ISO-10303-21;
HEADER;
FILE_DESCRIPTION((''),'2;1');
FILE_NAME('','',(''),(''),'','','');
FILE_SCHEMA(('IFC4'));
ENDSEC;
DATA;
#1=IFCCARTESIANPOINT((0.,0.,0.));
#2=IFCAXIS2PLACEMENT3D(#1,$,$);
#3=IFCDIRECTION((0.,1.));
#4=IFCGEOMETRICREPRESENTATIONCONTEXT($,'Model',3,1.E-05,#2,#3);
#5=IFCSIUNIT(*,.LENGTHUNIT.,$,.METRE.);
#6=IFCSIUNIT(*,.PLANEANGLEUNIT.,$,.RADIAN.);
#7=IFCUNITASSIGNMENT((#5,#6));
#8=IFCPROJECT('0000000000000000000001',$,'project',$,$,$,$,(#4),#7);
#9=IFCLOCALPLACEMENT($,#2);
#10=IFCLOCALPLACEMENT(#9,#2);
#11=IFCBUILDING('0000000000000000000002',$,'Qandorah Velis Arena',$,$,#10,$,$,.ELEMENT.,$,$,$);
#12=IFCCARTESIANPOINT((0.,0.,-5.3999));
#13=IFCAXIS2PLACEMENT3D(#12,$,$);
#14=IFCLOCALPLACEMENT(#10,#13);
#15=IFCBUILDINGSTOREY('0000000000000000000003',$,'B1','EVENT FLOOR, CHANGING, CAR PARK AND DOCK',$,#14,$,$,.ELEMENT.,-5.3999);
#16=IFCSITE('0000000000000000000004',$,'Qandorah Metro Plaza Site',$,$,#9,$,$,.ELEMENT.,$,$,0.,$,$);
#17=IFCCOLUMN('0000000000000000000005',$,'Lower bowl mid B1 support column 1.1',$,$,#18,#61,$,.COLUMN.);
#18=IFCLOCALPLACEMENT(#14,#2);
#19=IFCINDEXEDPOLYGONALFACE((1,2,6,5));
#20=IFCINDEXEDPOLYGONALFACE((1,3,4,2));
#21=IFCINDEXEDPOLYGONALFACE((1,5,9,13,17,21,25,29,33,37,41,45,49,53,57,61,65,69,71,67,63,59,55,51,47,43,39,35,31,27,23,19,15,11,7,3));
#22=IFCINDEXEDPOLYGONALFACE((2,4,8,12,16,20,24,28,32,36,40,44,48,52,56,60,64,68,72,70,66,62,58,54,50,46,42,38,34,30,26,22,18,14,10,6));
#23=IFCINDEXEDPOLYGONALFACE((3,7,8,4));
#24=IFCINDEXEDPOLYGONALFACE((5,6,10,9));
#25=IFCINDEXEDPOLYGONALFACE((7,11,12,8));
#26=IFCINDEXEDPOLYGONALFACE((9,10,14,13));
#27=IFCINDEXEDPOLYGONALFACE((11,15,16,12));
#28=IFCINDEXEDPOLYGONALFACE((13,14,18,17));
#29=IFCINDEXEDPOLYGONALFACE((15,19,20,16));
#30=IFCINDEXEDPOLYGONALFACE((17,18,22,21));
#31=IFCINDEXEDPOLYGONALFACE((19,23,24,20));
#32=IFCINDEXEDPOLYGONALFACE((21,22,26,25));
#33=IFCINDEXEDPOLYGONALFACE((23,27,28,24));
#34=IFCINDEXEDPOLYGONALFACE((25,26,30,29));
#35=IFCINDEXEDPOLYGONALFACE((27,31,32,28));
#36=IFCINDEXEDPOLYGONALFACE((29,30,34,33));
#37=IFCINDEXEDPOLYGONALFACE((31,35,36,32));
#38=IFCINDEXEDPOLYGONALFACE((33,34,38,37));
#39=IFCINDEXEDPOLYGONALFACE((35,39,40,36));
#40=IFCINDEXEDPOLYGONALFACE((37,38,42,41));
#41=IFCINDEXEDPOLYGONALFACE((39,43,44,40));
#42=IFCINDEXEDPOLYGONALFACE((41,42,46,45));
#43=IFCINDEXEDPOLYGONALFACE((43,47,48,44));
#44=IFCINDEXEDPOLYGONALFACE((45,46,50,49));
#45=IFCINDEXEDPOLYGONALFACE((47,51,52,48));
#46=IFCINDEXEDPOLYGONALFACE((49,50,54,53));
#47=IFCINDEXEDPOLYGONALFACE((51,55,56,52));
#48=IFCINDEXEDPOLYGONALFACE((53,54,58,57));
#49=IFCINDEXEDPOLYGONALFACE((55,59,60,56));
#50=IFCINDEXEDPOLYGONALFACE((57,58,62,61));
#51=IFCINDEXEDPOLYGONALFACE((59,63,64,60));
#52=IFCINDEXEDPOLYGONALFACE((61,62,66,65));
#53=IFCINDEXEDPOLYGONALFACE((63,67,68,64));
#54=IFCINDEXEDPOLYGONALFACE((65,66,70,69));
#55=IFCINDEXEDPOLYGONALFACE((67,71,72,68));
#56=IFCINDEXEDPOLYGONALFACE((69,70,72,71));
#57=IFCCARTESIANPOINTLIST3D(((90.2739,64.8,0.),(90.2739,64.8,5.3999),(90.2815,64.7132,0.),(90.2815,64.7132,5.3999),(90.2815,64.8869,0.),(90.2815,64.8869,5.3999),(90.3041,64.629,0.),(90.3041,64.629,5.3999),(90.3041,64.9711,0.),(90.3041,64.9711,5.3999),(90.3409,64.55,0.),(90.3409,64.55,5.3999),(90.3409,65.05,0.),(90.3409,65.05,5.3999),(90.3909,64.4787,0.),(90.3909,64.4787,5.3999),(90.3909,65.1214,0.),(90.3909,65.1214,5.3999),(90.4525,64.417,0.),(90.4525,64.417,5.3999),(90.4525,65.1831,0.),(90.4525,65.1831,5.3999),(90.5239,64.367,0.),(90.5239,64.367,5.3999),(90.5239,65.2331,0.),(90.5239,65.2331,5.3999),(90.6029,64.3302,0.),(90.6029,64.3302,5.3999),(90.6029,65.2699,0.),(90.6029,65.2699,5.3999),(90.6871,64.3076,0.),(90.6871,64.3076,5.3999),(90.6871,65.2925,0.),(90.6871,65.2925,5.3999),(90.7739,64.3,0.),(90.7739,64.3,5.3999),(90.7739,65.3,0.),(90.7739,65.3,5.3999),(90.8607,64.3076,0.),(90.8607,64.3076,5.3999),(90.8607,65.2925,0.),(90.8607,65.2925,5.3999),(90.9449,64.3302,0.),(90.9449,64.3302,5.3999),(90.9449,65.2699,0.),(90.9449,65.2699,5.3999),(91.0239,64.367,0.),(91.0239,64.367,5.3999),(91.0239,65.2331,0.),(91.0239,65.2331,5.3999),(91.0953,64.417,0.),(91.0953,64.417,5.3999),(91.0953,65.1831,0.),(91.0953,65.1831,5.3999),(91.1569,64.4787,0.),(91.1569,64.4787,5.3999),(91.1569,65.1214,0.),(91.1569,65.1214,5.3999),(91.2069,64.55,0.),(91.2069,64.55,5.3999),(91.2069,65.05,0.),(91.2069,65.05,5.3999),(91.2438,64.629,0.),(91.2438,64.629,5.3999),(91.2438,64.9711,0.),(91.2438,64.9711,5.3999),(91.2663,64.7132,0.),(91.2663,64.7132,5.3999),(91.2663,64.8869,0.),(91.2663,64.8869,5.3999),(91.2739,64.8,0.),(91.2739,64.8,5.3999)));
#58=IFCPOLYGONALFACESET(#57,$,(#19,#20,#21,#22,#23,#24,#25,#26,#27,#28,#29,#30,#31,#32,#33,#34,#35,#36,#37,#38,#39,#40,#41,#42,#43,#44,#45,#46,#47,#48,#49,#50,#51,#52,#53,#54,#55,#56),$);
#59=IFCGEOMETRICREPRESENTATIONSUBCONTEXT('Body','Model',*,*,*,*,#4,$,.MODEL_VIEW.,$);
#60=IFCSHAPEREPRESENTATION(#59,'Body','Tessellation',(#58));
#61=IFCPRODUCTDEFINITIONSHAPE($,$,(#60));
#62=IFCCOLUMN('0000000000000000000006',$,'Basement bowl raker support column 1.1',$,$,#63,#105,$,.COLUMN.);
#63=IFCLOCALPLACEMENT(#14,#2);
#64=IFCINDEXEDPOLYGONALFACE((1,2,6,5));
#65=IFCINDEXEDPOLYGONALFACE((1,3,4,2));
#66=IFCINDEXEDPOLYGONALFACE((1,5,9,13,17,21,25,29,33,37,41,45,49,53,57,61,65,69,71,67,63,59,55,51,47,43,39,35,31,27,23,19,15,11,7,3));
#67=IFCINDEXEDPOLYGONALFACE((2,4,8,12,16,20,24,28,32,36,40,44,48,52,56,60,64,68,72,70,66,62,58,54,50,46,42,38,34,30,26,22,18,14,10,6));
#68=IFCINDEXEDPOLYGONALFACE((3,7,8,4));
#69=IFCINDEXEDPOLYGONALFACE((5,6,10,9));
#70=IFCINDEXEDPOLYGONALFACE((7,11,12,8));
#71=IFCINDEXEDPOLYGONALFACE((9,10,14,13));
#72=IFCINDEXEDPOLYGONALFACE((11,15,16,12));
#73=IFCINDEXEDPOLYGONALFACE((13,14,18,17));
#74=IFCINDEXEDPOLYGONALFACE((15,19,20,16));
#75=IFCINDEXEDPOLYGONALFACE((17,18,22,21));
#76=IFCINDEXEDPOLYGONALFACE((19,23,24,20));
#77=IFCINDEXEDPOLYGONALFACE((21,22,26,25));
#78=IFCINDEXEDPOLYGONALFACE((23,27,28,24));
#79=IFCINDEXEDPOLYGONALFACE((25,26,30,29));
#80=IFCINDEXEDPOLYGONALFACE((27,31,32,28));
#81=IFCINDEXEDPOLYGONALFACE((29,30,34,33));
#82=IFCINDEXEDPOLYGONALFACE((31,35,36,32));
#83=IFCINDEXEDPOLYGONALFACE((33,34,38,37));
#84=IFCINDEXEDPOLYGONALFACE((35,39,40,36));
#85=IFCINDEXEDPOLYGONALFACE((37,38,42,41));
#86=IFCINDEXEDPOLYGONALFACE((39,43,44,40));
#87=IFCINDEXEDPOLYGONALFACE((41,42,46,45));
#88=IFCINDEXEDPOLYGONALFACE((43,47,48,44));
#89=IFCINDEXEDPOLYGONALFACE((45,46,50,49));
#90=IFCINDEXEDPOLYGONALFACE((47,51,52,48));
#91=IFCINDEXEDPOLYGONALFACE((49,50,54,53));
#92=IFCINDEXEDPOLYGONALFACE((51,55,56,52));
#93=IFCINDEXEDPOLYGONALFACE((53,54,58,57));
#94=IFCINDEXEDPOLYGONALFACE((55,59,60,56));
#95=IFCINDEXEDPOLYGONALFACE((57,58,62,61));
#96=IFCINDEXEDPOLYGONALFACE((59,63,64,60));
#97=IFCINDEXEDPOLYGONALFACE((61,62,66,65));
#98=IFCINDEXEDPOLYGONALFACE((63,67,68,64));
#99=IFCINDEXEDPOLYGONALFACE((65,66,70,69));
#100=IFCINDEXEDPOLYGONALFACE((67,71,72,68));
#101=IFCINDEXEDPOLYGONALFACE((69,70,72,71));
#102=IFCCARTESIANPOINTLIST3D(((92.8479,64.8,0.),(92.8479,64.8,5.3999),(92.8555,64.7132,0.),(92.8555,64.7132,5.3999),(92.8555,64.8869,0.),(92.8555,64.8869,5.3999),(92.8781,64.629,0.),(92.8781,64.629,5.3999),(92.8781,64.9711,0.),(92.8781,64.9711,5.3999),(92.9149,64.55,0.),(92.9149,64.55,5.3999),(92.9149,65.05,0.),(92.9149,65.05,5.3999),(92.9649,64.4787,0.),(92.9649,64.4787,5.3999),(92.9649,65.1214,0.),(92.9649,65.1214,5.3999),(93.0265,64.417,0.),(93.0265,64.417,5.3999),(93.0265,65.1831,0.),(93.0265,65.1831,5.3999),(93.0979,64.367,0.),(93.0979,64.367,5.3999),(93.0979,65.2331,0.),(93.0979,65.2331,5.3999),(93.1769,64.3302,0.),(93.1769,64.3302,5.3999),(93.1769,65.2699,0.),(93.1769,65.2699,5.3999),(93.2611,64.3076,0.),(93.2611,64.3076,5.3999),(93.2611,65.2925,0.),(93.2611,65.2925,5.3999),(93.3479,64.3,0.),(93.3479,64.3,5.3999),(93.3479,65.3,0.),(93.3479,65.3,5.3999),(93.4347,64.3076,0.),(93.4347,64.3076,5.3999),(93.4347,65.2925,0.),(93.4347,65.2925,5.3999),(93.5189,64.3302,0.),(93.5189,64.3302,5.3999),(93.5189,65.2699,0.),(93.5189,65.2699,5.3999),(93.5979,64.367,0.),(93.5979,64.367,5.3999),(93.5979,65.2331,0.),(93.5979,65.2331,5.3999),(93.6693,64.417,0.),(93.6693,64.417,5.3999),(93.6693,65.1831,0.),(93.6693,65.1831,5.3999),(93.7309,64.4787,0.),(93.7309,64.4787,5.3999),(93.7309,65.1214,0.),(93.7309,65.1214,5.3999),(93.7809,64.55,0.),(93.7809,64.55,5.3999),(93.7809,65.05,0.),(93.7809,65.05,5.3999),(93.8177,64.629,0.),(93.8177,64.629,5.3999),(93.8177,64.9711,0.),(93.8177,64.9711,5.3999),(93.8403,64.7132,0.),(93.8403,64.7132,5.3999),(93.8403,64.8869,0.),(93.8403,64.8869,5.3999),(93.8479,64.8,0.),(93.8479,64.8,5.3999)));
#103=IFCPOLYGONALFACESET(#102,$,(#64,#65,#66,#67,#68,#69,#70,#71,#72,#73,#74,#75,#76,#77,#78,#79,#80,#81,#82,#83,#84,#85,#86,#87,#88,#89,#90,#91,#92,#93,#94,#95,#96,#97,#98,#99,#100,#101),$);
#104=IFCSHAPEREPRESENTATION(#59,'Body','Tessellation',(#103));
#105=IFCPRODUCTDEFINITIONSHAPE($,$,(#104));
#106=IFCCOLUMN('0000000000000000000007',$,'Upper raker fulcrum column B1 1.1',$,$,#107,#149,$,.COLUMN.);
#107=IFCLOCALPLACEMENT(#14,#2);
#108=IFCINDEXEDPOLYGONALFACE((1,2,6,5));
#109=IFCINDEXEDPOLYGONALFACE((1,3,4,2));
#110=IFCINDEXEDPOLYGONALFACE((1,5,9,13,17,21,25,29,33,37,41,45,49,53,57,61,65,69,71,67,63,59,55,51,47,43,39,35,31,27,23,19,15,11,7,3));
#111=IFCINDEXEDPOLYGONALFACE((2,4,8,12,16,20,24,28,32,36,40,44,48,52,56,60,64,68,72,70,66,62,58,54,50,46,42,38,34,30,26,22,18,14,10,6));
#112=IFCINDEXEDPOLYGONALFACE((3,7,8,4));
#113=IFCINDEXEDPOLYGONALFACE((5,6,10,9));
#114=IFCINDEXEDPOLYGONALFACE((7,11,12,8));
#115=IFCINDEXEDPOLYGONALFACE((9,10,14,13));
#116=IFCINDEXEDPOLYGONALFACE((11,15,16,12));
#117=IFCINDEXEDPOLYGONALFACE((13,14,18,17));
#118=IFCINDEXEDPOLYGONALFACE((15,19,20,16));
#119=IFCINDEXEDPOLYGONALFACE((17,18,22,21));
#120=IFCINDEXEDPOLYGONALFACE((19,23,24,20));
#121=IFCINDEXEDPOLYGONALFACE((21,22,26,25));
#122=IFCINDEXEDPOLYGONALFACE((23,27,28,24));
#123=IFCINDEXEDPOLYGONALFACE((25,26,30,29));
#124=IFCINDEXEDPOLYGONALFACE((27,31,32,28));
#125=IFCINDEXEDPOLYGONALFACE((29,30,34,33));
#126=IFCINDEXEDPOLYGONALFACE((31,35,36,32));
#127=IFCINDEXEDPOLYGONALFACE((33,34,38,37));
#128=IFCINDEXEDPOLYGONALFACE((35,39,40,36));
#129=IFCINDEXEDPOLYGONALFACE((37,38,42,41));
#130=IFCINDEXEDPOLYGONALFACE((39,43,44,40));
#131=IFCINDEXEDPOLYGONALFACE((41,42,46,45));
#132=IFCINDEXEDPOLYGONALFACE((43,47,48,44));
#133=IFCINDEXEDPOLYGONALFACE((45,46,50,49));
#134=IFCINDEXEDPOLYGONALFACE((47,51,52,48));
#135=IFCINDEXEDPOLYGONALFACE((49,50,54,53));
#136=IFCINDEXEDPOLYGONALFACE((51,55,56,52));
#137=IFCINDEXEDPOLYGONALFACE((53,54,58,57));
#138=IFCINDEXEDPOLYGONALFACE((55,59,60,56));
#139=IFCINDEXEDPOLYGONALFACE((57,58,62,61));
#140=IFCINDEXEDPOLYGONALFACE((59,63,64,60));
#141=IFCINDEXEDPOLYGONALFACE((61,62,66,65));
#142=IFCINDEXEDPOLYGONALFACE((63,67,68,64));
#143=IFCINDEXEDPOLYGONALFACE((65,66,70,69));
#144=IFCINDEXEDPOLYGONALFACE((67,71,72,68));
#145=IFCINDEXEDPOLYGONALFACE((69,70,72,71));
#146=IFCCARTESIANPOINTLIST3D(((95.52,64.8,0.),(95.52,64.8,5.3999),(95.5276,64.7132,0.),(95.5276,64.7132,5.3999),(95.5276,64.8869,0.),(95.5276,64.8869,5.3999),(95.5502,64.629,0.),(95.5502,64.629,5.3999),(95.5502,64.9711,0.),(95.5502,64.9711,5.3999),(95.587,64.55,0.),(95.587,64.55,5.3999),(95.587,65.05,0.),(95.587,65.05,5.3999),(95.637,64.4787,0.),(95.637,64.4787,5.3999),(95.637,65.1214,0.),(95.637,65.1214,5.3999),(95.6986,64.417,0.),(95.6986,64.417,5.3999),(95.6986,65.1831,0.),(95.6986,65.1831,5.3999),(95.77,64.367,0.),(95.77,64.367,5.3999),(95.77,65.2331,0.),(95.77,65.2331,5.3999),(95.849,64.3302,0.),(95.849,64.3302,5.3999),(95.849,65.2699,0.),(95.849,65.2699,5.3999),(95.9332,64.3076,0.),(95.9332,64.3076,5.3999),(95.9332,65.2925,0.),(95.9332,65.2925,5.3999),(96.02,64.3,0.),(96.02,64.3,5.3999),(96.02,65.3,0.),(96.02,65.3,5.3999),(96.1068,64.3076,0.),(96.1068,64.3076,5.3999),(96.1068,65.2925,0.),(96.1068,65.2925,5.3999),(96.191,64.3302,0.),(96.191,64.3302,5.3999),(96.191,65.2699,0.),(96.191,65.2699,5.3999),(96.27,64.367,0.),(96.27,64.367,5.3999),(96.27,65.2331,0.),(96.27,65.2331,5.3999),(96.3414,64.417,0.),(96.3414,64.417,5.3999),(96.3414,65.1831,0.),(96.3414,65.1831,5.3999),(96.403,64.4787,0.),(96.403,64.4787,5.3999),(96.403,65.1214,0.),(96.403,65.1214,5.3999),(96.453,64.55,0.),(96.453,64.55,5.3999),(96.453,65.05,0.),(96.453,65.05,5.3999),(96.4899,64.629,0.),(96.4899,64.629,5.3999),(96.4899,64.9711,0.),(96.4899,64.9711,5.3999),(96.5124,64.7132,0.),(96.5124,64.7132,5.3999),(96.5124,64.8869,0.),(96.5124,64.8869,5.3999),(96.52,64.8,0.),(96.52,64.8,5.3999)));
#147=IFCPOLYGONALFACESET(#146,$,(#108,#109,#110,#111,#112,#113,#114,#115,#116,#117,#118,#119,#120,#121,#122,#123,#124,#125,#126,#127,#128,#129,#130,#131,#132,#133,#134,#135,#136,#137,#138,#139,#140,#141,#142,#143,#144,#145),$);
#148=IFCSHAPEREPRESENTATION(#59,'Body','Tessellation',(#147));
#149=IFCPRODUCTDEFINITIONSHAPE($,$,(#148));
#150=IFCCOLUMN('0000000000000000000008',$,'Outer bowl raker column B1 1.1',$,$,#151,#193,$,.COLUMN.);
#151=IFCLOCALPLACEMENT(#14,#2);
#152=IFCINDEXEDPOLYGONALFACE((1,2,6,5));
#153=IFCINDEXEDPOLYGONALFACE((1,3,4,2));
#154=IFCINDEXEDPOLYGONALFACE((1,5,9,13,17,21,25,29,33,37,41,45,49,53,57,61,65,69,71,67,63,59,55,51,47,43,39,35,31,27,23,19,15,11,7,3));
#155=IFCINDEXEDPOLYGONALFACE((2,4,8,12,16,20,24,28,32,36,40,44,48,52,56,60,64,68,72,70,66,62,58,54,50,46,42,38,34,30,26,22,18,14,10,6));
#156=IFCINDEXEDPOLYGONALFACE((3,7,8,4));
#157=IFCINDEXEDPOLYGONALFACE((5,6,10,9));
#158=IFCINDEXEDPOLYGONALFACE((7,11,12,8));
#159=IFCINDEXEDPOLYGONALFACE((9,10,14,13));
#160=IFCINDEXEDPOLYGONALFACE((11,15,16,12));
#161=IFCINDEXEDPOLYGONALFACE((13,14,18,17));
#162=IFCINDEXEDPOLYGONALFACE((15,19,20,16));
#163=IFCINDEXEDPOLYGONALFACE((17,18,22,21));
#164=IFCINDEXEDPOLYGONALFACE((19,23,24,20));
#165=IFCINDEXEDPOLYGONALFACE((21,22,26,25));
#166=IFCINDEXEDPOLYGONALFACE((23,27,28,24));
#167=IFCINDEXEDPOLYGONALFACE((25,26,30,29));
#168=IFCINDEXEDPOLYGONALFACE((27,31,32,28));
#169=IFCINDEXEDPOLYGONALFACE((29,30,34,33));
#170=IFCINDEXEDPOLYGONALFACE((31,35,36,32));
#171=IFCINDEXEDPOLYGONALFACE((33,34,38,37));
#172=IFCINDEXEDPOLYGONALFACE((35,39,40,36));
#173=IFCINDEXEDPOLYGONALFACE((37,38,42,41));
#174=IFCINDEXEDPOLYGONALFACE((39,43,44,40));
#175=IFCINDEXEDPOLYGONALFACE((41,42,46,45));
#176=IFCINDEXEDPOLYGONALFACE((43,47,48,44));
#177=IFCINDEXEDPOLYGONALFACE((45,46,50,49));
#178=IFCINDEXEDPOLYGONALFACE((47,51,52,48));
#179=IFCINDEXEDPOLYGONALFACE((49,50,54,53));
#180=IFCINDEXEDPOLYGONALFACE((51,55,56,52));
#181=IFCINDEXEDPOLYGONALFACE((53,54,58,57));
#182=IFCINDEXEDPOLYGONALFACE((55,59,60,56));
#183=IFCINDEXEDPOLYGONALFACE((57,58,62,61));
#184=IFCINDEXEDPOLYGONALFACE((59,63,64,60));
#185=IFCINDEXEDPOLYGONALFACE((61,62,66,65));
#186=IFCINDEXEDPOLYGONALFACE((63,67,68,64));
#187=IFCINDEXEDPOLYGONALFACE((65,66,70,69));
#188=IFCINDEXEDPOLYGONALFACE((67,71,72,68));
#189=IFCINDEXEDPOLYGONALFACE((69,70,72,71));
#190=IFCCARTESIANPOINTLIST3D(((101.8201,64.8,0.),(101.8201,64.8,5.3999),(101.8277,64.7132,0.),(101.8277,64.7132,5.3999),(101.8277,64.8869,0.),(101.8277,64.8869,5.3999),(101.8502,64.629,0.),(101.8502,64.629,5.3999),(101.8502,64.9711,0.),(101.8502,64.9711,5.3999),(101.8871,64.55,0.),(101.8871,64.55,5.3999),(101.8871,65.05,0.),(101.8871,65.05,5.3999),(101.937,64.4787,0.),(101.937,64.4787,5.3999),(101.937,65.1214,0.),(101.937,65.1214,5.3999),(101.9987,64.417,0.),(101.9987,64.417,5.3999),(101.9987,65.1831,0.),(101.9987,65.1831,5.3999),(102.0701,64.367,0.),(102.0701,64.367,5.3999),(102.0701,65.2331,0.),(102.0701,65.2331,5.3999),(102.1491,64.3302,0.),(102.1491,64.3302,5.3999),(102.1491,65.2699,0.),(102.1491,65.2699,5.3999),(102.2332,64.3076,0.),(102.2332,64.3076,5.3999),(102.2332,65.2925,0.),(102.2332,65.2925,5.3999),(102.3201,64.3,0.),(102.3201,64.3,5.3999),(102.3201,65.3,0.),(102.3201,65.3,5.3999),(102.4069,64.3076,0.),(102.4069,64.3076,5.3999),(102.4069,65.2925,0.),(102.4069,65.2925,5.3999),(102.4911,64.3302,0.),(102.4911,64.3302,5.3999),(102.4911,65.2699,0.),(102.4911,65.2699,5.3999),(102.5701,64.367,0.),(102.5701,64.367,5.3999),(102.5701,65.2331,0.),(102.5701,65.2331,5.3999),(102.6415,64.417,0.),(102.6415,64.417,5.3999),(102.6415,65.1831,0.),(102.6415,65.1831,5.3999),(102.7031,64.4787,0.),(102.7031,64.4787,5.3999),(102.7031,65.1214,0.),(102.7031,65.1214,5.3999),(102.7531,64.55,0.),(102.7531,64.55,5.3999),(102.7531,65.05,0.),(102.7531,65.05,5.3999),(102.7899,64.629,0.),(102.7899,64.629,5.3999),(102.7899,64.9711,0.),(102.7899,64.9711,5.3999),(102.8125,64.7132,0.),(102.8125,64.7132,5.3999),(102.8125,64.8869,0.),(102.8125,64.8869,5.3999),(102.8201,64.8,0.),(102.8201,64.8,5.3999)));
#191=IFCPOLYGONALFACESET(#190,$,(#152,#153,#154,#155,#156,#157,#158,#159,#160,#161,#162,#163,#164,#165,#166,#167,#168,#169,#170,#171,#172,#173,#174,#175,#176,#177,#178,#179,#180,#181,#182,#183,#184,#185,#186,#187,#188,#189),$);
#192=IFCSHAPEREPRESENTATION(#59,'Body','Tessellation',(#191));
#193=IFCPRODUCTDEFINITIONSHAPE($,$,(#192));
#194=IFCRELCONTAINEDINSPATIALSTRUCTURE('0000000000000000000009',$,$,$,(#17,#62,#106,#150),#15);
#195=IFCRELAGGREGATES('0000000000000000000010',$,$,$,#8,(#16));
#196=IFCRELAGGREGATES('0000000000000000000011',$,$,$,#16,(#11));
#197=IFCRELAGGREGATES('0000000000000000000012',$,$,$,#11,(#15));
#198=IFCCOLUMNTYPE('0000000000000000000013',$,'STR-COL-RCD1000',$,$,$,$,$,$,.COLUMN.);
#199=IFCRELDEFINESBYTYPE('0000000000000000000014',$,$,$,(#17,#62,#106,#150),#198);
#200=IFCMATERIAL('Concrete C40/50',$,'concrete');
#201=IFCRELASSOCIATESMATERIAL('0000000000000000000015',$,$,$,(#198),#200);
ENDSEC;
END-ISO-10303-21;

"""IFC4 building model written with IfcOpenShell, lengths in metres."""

from ifc_helpers import new_model, si_unit, direction, frame, origin, origin_2d, place, context, subcontext, project, spatial, circle, extrude, material, material_profile, profile_set, type_object, element, save


model = new_model("IFC4")

# Units and contexts
model_context = context("Model", 3, precision=1e-05, world=origin(), true_north=direction((0.0, 1.0)))
body_context = subcontext(model_context, "Body", "Model", "MODEL_VIEW")
ifc_project = project(units=[si_unit("LENGTHUNIT", "METRE"), si_unit("PLANEANGLEUNIT", "RADIAN")], contexts=[model_context])

# Site, building, storey
site_placement = place(None, origin())
site = spatial("IfcSite", under=ifc_project, at=site_placement, Name="Qandorah Metro Plaza Site", CompositionType="ELEMENT", RefElevation=0.0)
building_placement = place(site_placement, origin())
building = spatial("IfcBuilding", under=site, at=building_placement, Name="Qandorah Velis Arena", CompositionType="ELEMENT")
storey_placement = place(building_placement, frame((0.0, 0.0, -5.3999)))
storey = spatial("IfcBuildingStorey", under=building, at=storey_placement, Name="B1", Description="EVENT FLOOR, CHANGING, CAR PARK AND DOCK", CompositionType="ELEMENT", Elevation=-5.3999)

# Shared definitions
ifc_material = material(Name="Concrete C40/50", Category="concrete")

# Columns
ifc_material_profile_1 = material_profile(ifc_material, circle(Radius=0.5, at=origin_2d()), Name="RC D1000")
ifc_profile_set_1 = profile_set([ifc_material_profile_1], Name="Concrete C40/50")
column_type_1 = type_object("IfcColumnType", Name="STR-COL-RCD1000", PredefinedType="COLUMN", material=ifc_profile_set_1)
for number, where, z_axis, x_axis, name in (
    (1, (90.7739, 64.8, 0.0), (0.0, 0.0, 1.0), (1.0, 0.0, 0.0), "Lower bowl mid B1 support column 1.1"),
    (2, (93.3479, 64.8, 0.0), (0.0, 0.0, 1.0), (1.0, 0.0, 0.0), "Basement bowl raker support column 1.1"),
    (3, (96.02, 64.8, 0.0), (0.0, 0.0, 1.0), (1.0, 0.0, 0.0), "Upper raker fulcrum column B1 1.1"),
    (4, (102.3201, 64.8, 0.0), (0.0, 0.0, 1.0), (1.0, 0.0, 0.0), "Outer bowl raker column B1 1.1"),
):
    element("IfcColumn", number, at=place(storey_placement, frame(where, z_axis=z_axis, x_axis=x_axis)), inside=storey, type_object=column_type_1, Name=name, PredefinedType="COLUMN", context=body_context, shape_type="SweptSolid", body=[
        extrude(circle(Radius=0.5, at=origin_2d()), origin(), (0.0, 0.0, 1.0), 5.3999),
    ])

save(model, "model.ifc")
